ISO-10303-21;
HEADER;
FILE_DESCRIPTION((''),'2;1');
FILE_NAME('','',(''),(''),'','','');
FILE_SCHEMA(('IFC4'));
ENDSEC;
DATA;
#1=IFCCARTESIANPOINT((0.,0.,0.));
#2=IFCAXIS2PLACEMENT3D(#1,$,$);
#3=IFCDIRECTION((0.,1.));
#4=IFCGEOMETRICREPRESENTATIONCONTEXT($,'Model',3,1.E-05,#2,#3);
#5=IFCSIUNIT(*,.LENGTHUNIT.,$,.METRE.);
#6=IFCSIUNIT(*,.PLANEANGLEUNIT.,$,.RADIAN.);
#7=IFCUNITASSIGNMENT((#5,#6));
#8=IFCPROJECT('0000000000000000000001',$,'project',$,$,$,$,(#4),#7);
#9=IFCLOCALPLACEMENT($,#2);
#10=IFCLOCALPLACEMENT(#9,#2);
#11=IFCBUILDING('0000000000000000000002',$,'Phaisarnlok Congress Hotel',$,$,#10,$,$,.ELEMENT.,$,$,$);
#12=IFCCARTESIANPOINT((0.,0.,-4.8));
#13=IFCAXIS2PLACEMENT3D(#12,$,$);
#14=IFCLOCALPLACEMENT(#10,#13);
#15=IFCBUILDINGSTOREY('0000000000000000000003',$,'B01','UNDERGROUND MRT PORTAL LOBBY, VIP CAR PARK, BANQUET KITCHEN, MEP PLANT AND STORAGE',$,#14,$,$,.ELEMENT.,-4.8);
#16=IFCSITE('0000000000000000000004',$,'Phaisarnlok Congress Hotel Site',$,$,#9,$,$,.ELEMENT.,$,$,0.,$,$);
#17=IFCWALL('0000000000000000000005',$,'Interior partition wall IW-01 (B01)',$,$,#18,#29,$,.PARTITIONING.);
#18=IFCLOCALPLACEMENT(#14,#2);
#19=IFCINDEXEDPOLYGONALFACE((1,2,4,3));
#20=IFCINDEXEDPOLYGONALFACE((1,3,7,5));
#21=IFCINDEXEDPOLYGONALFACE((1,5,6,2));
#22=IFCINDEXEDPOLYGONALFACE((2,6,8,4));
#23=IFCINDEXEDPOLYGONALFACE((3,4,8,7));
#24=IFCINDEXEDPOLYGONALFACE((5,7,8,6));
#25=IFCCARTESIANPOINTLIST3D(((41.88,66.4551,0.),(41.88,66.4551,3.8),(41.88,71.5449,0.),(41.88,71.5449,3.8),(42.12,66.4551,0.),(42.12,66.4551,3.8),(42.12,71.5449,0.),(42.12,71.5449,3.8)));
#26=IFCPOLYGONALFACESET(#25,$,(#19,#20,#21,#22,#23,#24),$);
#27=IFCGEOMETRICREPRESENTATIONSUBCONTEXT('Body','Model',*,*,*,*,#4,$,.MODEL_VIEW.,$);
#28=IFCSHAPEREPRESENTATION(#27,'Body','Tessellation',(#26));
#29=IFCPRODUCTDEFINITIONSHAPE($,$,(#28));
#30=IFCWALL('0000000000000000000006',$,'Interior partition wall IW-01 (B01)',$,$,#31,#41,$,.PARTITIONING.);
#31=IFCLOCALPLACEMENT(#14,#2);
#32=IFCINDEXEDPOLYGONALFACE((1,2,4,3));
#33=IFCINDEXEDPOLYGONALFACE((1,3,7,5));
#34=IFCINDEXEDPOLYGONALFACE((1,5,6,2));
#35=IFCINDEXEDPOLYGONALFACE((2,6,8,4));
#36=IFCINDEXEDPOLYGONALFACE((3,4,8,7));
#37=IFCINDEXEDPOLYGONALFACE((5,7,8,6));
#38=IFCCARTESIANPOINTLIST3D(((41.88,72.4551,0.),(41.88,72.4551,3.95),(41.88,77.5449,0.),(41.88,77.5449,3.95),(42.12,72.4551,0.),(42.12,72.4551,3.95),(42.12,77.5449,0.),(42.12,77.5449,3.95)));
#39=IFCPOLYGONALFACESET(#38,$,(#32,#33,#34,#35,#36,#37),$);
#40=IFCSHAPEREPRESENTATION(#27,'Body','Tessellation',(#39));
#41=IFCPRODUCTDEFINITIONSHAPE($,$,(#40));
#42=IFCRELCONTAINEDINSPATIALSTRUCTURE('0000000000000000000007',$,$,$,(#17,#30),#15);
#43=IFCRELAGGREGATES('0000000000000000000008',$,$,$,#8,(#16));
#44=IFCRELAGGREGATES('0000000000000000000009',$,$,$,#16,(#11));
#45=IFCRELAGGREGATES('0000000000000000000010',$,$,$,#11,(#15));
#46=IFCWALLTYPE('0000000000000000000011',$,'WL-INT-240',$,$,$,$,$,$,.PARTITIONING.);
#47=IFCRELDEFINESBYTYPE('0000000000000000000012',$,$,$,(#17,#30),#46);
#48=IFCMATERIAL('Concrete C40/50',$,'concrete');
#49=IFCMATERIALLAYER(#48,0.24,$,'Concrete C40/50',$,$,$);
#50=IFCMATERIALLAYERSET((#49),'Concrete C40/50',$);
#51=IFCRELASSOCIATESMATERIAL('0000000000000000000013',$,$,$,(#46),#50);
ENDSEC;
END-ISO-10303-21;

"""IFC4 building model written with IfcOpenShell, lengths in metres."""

from ifc_helpers import new_model, si_unit, direction, frame, frame_2d, origin, place, context, subcontext, project, spatial, rectangle, extrude, material, layer, layer_set, type_object, element, save


model = new_model("IFC4")

# Units and contexts
model_context = context("Model", 3, precision=1e-05, world=origin(), true_north=direction((0.0, 1.0)))
body_context = subcontext(model_context, "Body", "Model", "MODEL_VIEW")
ifc_project = project(units=[si_unit("LENGTHUNIT", "METRE"), si_unit("PLANEANGLEUNIT", "RADIAN")], contexts=[model_context])

# Site, building, storey
site_placement = place(None, origin())
site = spatial("IfcSite", under=ifc_project, at=site_placement, Name="Phaisarnlok Congress Hotel Site", CompositionType="ELEMENT", RefElevation=0.0)
building_placement = place(site_placement, origin())
building = spatial("IfcBuilding", under=site, at=building_placement, Name="Phaisarnlok Congress Hotel", CompositionType="ELEMENT")
storey_placement = place(building_placement, frame((0.0, 0.0, -4.8)))
storey = spatial("IfcBuildingStorey", under=building, at=storey_placement, Name="B01", Description="UNDERGROUND MRT PORTAL LOBBY, VIP CAR PARK, BANQUET KITCHEN, MEP PLANT AND STORAGE", CompositionType="ELEMENT", Elevation=-4.8)

# Shared definitions
ifc_material_1 = material(Name="Concrete C40/50", Category="concrete")

# Walls
ifc_layer = layer(ifc_material_1, 0.24, Name="Concrete C40/50")
ifc_layer_set = layer_set([ifc_layer], Name="Concrete C40/50")
wall_type = type_object("IfcWallType", Name="WL-INT-240", PredefinedType="PARTITIONING", material=ifc_layer_set)
wall_1_placement = place(storey_placement, frame((42.0, 66.4551, 0.0), z_axis=(0.0, 0.0, 1.0), x_axis=(0.0, 1.0, 0.0)))
element("IfcWall", 1, at=wall_1_placement, inside=storey, type_object=wall_type, Name="Interior partition wall IW-01 (B01)", PredefinedType="PARTITIONING", context=body_context, shape_type="SweptSolid", body=[
    extrude(rectangle(XDim=5.0898, YDim=0.24, at=frame_2d((2.5449, 0.0))), origin(), (0.0, 0.0, 1.0), 3.8),
])
wall_2_placement = place(storey_placement, frame((42.0, 72.4551, 0.0), z_axis=(0.0, 0.0, 1.0), x_axis=(0.0, 1.0, 0.0)))
element("IfcWall", 2, at=wall_2_placement, inside=storey, type_object=wall_type, Name="Interior partition wall IW-01 (B01)", PredefinedType="PARTITIONING", context=body_context, shape_type="SweptSolid", body=[
    extrude(rectangle(XDim=5.0898, YDim=0.24, at=frame_2d((2.5449, 0.0))), origin(), (0.0, 0.0, 1.0), 3.95),
])

save(model, "model.ifc")
